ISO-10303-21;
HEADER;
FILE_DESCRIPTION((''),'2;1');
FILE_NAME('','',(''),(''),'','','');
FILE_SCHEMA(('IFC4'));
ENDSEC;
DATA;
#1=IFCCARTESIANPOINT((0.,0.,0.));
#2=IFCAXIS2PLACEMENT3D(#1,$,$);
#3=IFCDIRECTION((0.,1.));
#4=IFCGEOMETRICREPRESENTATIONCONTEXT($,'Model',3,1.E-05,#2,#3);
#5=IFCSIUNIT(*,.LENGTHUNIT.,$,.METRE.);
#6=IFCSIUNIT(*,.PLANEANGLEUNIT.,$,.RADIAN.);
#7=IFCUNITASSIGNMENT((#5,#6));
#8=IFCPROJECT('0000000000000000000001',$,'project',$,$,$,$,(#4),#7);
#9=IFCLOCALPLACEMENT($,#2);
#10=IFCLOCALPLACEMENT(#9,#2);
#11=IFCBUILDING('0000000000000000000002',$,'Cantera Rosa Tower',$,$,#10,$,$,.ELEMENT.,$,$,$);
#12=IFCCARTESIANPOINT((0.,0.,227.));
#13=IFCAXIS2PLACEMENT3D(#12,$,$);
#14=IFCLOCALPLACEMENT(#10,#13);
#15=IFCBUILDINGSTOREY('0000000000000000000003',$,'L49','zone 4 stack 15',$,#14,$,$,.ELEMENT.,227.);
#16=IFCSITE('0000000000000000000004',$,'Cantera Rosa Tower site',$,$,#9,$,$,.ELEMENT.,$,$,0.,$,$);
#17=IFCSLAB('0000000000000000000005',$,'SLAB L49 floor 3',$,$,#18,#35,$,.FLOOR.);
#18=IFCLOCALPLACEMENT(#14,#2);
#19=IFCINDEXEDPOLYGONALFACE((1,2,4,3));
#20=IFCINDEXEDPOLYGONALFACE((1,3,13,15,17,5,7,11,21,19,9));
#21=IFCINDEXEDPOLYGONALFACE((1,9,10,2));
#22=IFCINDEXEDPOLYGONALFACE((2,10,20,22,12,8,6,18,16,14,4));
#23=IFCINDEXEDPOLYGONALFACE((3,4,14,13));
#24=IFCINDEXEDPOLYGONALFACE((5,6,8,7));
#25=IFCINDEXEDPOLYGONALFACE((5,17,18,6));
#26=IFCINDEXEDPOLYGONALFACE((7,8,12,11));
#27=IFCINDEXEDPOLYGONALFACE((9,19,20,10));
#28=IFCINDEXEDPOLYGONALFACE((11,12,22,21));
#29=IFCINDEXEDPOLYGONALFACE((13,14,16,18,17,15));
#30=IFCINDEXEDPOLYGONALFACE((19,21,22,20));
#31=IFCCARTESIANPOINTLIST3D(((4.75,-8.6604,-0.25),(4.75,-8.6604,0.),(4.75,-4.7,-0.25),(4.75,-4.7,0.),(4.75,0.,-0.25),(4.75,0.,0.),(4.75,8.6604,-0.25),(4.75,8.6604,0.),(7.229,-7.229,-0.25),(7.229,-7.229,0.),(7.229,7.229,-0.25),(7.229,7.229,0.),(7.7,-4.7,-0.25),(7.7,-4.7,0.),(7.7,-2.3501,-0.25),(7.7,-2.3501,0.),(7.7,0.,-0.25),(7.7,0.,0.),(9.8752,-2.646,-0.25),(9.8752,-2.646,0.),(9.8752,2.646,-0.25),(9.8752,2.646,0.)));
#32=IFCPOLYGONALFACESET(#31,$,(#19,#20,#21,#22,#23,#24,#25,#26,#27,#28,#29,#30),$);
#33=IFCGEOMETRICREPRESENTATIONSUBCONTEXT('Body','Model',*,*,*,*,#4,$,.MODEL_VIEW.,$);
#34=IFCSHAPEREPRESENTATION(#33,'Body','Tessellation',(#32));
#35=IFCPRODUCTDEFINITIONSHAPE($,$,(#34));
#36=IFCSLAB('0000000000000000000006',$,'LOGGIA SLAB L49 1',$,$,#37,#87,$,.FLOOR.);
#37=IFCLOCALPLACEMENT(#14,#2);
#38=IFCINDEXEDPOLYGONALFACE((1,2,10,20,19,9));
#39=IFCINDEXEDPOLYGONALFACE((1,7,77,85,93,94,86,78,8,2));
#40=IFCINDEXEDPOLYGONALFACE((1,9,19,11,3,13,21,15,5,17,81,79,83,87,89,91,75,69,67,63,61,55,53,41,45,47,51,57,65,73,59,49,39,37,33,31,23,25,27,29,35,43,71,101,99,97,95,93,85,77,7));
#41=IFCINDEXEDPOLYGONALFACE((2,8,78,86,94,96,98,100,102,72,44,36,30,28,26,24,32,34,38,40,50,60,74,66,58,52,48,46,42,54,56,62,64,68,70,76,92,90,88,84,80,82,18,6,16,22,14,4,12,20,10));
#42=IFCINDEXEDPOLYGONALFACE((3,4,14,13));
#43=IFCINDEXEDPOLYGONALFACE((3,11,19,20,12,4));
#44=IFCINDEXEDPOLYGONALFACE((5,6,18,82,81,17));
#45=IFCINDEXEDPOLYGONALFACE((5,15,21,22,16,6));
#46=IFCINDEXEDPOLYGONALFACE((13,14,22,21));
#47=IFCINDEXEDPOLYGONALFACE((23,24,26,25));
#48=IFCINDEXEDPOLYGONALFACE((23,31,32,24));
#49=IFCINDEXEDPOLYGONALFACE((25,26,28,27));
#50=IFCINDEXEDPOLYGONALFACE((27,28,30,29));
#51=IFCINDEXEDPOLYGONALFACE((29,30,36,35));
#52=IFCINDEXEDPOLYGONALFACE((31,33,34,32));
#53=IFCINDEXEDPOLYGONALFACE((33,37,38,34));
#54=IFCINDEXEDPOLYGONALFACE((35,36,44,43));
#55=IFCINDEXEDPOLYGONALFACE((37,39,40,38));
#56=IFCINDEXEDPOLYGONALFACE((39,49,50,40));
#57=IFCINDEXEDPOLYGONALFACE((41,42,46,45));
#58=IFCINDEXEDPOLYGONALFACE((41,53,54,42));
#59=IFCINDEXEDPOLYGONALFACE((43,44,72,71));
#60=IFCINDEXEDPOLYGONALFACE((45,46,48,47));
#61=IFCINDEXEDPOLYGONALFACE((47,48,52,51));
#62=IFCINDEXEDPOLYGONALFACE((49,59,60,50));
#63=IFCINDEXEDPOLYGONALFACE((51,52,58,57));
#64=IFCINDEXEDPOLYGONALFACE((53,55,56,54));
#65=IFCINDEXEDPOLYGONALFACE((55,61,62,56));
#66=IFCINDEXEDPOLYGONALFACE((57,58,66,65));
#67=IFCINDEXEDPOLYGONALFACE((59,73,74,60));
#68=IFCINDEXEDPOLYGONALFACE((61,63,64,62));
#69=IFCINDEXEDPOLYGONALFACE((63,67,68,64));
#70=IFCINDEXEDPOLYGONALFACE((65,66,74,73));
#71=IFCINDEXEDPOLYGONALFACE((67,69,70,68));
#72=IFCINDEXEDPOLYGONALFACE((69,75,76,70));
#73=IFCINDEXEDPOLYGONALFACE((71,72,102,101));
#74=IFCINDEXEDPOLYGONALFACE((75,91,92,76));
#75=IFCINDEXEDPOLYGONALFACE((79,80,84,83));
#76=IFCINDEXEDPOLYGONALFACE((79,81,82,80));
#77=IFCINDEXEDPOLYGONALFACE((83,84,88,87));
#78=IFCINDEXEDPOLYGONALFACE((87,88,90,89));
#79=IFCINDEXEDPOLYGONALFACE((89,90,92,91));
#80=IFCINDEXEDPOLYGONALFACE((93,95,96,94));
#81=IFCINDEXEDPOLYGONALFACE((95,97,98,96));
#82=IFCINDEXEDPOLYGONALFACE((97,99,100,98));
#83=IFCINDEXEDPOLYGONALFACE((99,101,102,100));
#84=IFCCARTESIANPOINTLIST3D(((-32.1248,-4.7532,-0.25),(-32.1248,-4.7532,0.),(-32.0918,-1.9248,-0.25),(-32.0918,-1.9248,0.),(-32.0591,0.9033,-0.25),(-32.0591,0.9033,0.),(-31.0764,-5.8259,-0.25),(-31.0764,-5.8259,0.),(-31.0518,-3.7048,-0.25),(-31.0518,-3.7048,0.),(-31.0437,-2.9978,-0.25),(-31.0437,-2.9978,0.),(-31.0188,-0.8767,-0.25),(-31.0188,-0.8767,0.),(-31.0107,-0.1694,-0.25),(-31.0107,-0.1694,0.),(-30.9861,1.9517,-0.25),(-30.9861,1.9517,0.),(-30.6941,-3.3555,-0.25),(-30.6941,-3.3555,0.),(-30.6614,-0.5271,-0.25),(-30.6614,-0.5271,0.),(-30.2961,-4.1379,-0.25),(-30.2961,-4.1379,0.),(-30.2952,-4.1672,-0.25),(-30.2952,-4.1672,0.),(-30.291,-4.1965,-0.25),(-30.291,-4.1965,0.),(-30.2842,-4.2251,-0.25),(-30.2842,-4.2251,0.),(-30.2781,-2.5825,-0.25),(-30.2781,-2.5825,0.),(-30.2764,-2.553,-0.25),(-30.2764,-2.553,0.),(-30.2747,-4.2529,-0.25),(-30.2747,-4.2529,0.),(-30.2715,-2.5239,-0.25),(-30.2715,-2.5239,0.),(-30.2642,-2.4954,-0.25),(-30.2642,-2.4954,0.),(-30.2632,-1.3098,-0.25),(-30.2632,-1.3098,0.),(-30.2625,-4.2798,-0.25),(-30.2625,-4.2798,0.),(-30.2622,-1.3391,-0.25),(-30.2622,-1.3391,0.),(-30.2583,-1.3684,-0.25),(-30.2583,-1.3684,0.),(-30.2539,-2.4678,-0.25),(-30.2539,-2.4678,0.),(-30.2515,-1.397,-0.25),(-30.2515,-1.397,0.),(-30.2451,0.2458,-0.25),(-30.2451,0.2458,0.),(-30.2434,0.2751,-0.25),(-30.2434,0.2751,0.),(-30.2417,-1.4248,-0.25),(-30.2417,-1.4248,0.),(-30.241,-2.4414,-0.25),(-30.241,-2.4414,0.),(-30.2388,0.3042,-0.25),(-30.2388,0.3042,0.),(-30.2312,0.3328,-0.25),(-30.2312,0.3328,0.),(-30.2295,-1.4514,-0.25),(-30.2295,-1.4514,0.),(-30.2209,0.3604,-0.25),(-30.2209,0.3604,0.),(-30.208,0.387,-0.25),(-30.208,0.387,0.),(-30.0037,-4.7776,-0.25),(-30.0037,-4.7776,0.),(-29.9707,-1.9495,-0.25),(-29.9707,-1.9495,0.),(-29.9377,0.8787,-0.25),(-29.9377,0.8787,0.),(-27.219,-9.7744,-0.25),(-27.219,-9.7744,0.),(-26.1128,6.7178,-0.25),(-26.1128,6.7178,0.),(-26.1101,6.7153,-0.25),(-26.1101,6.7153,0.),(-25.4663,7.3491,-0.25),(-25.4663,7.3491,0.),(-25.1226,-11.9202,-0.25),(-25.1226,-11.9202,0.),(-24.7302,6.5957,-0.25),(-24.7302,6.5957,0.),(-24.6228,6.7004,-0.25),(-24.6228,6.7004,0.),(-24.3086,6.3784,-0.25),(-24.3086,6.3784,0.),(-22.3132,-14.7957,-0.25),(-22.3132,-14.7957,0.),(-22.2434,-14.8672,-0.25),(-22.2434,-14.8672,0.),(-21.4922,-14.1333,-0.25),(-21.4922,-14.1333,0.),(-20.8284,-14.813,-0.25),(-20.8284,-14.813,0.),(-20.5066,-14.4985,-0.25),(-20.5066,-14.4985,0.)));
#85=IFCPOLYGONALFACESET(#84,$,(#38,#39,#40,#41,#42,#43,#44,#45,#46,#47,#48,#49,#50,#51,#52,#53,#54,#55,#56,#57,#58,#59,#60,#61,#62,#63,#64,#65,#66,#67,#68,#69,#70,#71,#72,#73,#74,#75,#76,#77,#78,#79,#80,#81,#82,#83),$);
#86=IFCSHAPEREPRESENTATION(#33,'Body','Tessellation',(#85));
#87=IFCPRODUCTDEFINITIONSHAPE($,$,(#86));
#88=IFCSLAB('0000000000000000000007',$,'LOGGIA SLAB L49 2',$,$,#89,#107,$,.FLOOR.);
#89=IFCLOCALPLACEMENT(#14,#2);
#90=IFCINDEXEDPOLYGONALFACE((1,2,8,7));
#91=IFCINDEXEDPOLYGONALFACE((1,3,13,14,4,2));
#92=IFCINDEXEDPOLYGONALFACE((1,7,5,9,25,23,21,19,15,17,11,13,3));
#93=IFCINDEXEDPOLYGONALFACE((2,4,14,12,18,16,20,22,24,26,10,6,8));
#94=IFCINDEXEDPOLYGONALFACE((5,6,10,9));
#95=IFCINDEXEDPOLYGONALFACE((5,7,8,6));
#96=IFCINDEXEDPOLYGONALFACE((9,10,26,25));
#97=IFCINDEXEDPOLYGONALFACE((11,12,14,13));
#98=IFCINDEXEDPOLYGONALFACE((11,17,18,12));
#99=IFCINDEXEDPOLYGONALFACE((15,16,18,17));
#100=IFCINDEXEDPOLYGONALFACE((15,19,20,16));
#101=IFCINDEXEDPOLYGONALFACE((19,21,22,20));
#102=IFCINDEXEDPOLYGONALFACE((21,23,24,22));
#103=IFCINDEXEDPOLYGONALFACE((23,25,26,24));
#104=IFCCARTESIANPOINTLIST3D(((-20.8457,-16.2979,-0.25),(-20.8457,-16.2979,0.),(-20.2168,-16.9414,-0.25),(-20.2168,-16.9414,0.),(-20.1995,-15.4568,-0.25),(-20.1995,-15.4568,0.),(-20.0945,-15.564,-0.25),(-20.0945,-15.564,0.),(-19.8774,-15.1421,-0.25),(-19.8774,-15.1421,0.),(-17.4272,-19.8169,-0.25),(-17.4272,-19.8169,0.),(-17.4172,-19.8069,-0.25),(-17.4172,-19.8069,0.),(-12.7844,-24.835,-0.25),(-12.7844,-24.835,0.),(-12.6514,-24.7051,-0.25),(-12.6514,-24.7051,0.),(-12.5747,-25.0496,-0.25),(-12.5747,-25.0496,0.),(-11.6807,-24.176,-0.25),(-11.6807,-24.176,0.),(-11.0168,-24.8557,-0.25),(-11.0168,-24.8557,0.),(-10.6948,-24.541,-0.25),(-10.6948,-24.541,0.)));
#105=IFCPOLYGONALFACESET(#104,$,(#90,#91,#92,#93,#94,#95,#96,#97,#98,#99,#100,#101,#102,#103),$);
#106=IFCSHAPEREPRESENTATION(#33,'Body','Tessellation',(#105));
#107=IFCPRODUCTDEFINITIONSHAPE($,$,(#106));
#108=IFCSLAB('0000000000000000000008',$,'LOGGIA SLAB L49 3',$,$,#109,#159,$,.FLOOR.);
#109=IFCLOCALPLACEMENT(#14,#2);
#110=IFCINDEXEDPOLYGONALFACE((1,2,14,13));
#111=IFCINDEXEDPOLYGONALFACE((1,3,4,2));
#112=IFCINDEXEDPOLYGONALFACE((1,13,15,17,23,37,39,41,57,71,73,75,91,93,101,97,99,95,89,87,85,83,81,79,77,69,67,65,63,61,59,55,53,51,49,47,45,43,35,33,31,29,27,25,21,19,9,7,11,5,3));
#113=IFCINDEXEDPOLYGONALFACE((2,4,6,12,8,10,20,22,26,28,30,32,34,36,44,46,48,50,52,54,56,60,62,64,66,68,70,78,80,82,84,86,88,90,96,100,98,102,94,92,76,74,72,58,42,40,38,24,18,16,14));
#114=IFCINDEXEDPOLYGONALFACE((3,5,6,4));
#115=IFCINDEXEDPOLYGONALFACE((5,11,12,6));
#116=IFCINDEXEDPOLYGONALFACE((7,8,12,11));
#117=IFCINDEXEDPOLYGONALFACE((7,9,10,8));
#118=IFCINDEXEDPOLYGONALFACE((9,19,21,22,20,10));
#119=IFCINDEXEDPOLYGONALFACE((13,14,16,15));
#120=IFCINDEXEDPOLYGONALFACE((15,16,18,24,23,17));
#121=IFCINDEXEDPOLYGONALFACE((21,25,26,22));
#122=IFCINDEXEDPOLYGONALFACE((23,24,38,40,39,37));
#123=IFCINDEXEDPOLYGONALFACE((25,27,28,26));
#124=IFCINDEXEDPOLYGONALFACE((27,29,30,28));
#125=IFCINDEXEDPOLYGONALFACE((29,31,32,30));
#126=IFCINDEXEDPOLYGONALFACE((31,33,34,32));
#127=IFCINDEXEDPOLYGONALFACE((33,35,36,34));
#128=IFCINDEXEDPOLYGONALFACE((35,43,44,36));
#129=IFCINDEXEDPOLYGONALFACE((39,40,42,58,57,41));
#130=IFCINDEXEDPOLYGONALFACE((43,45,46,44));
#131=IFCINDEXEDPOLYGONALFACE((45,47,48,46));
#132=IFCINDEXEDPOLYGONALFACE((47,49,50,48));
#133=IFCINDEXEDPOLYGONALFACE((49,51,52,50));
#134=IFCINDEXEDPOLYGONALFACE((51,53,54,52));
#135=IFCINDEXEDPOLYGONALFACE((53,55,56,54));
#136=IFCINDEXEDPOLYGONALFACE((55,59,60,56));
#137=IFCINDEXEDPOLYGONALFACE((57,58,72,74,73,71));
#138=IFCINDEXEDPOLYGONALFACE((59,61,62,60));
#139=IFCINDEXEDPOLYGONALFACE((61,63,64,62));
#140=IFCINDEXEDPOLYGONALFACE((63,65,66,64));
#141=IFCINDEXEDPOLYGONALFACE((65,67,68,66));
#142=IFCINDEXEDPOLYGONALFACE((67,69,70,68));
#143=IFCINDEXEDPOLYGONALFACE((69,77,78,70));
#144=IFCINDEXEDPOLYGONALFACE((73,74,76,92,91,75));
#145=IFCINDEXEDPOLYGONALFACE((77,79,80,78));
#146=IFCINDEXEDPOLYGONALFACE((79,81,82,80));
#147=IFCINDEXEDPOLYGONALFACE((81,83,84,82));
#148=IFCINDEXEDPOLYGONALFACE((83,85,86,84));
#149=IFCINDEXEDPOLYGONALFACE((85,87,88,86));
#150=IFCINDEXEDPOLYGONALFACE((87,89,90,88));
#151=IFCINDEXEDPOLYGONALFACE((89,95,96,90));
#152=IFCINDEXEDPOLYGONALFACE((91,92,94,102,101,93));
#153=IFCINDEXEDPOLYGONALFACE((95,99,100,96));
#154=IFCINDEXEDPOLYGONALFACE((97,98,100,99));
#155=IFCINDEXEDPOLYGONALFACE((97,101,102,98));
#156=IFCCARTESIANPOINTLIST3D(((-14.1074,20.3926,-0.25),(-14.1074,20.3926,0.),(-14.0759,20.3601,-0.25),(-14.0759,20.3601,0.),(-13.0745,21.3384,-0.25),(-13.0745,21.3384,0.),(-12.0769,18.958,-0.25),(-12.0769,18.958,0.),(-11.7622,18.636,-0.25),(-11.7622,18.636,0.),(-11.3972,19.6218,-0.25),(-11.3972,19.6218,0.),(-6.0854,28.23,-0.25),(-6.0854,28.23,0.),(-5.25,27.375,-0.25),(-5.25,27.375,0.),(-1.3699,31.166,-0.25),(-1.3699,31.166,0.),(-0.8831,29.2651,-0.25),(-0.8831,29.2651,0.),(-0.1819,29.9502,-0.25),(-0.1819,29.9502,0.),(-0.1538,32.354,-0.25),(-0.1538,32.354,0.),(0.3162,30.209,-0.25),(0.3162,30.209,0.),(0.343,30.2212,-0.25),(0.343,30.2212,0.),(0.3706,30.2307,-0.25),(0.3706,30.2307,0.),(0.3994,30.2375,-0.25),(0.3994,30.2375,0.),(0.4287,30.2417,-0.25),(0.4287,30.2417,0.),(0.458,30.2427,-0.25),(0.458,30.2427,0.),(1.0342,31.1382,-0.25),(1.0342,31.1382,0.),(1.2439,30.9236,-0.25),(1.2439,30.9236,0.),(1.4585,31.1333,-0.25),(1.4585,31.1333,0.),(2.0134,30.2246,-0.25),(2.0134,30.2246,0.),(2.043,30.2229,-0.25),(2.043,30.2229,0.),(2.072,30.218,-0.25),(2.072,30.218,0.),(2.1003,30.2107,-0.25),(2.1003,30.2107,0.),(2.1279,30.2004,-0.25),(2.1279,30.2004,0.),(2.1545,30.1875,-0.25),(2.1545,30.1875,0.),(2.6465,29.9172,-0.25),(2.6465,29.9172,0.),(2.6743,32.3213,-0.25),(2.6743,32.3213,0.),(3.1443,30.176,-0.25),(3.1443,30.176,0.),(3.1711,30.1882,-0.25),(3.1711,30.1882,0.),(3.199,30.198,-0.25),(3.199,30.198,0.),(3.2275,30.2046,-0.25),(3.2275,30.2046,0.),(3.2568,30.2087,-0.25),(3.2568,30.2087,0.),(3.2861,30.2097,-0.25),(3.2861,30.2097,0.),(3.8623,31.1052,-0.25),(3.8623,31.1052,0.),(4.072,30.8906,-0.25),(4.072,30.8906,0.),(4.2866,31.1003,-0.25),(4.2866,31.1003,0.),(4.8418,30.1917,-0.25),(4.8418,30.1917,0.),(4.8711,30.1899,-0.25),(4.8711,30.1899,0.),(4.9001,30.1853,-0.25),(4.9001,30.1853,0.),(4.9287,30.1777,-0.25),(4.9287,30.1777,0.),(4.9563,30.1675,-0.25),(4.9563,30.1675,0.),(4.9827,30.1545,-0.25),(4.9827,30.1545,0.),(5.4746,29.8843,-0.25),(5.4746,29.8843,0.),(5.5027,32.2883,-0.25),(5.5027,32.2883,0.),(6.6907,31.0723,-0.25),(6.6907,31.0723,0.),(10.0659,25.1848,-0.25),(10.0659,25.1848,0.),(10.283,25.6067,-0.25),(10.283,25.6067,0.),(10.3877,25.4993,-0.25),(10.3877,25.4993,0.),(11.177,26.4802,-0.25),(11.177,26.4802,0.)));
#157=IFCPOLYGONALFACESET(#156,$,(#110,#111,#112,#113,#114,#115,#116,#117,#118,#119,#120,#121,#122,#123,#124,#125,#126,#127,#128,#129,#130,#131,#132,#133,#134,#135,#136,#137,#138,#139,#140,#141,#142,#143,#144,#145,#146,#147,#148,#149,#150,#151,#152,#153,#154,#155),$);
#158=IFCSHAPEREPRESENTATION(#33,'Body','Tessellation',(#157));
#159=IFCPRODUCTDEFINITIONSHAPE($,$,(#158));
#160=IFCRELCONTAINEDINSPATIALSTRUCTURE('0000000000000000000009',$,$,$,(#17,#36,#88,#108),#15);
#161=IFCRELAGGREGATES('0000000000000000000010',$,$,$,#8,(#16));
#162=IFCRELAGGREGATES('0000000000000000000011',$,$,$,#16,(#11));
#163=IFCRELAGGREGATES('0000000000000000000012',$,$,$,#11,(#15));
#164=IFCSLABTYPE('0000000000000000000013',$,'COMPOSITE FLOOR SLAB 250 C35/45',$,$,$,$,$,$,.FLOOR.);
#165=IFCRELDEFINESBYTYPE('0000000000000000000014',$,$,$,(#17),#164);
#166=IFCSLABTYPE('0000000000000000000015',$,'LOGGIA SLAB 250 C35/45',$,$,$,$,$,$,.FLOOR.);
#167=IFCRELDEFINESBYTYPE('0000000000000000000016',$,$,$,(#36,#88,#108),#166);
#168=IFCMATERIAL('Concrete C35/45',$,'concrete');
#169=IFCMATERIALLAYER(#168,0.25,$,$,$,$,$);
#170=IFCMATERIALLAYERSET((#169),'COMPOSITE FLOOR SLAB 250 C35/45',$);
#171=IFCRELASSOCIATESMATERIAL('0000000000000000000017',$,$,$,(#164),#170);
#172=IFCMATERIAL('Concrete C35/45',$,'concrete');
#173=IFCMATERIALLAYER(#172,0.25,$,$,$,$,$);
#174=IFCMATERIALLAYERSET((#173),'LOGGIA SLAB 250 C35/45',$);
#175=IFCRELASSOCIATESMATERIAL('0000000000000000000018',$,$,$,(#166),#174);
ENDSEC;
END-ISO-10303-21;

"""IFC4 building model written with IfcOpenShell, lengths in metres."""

from ifc_helpers import new_model, si_unit, direction, frame, origin, place, context, subcontext, project, spatial, polyline, outline, extrude, material, layer, layer_set, type_object, element, save


model = new_model("IFC4")

# Units and contexts
model_context = context("Model", 3, precision=1e-05, world=origin(), true_north=direction((0.0, 1.0)))
body_context = subcontext(model_context, "Body", "Model", "MODEL_VIEW")
ifc_project = project(units=[si_unit("LENGTHUNIT", "METRE"), si_unit("PLANEANGLEUNIT", "RADIAN")], contexts=[model_context])

# Site, building, storey
site_placement = place(None, origin())
site = spatial("IfcSite", under=ifc_project, at=site_placement, Name="Cantera Rosa Tower site", CompositionType="ELEMENT", RefElevation=0.0)
building_placement = place(site_placement, origin())
building = spatial("IfcBuilding", under=site, at=building_placement, Name="Cantera Rosa Tower", CompositionType="ELEMENT")
storey_placement = place(building_placement, frame((0.0, 0.0, 227.0)))
storey = spatial("IfcBuildingStorey", under=building, at=storey_placement, Name="L49", Description="zone 4 stack 15", CompositionType="ELEMENT", Elevation=227.0)

# Slabs
ifc_material_1 = material(Name="Concrete C35/45", Category="concrete")
ifc_layer_1 = layer(ifc_material_1, 0.25)
ifc_layer_set_1 = layer_set([ifc_layer_1], Name="COMPOSITE FLOOR SLAB 250 C35/45")
slab_type_1 = type_object("IfcSlabType", Name="COMPOSITE FLOOR SLAB 250 C35/45", PredefinedType="FLOOR", material=ifc_layer_set_1)
slab_1_placement = place(storey_placement, frame((0.0, 0.0, -0.25)))
element("IfcSlab", 1, at=slab_1_placement, inside=storey, type_object=slab_type_1, Name="SLAB L49 floor 3", PredefinedType="FLOOR", context=body_context, shape_type="SweptSolid", body=[
    extrude(outline(polyline([(7.7, 0.0), (4.75, 0.0), (4.75, 8.6604), (7.229, 7.229), (9.8752, 2.646), (9.8752, -2.646), (7.229, -7.229), (4.75, -8.6604), (4.75, -4.7), (7.7, -4.7), (7.7, -2.3501), (7.7, 0.0)])), origin(), (0.0, 0.0, 1.0), 0.25),
])
ifc_material_2 = material(Name="Concrete C35/45", Category="concrete")
ifc_layer_2 = layer(ifc_material_2, 0.25)
ifc_layer_set_2 = layer_set([ifc_layer_2], Name="LOGGIA SLAB 250 C35/45")
slab_type_2 = type_object("IfcSlabType", Name="LOGGIA SLAB 250 C35/45", PredefinedType="FLOOR", material=ifc_layer_set_2)
slab_2_placement = place(storey_placement, frame((0.0, 0.0, -0.25)))
element("IfcSlab", 2, at=slab_2_placement, inside=storey, type_object=slab_type_2, Name="LOGGIA SLAB L49 1", PredefinedType="FLOOR", context=body_context, shape_type="SweptSolid", body=[
    extrude(outline(polyline([(-31.0518, -3.7048), (-30.6941, -3.3555), (-31.0437, -2.9978), (-32.0918, -1.9248), (-31.0188, -0.8767), (-30.6614, -0.5271), (-31.0107, -0.1694), (-32.0591, 0.9033), (-30.9861, 1.9517), (-26.1101, 6.7153), (-26.1128, 6.7178), (-25.4663, 7.3491), (-24.7302, 6.5957), (-24.6228, 6.7004), (-24.3086, 6.3784), (-29.9377, 0.8787), (-30.208, 0.387), (-30.2209, 0.3604), (-30.2312, 0.3328), (-30.2388, 0.3042), (-30.2434, 0.2751), (-30.2451, 0.2458), (-30.2632, -1.3098), (-30.2622, -1.3391), (-30.2583, -1.3684), (-30.2515, -1.397), (-30.2417, -1.4248), (-30.2295, -1.4514), (-29.9707, -1.9495), (-30.241, -2.4414), (-30.2539, -2.4678), (-30.2642, -2.4954), (-30.2715, -2.5239), (-30.2764, -2.553), (-30.2781, -2.5825), (-30.2961, -4.1379), (-30.2952, -4.1672), (-30.291, -4.1965), (-30.2842, -4.2251), (-30.2747, -4.2529), (-30.2625, -4.2798), (-30.0037, -4.7776), (-20.5066, -14.4985), (-20.8284, -14.813), (-21.4922, -14.1333), (-22.2434, -14.8672), (-22.3132, -14.7957), (-25.1226, -11.9202), (-27.219, -9.7744), (-31.0764, -5.8259), (-32.1248, -4.7532), (-31.0518, -3.7048)])), origin(), (0.0, 0.0, 1.0), 0.25),
])
slab_3_placement = place(storey_placement, frame((0.0, 0.0, -0.25)))
element("IfcSlab", 3, at=slab_3_placement, inside=storey, type_object=slab_type_2, Name="LOGGIA SLAB L49 2", PredefinedType="FLOOR", context=body_context, shape_type="SweptSolid", body=[
    extrude(outline(polyline([(-20.2168, -16.9414), (-20.8457, -16.2979), (-20.0945, -15.564), (-20.1995, -15.4568), (-19.8774, -15.1421), (-10.6948, -24.541), (-11.0168, -24.8557), (-11.6807, -24.176), (-12.5747, -25.0496), (-12.7844, -24.835), (-12.6514, -24.7051), (-17.4272, -19.8169), (-17.4172, -19.8069), (-20.2168, -16.9414)])), origin(), (0.0, 0.0, 1.0), 0.25),
])
slab_4_placement = place(storey_placement, frame((0.0, 0.0, -0.25)))
element("IfcSlab", 4, at=slab_4_placement, inside=storey, type_object=slab_type_2, Name="LOGGIA SLAB L49 3", PredefinedType="FLOOR", context=body_context, shape_type="SweptSolid", body=[
    extrude(outline(polyline([(1.0342, 31.1382), (1.2439, 30.9236), (1.4585, 31.1333), (2.6743, 32.3213), (3.8623, 31.1052), (4.072, 30.8906), (4.2866, 31.1003), (5.5027, 32.2883), (6.6907, 31.0723), (11.177, 26.4802), (10.283, 25.6067), (10.3877, 25.4993), (10.0659, 25.1848), (5.4746, 29.8843), (4.9827, 30.1545), (4.9563, 30.1675), (4.9287, 30.1777), (4.9001, 30.1853), (4.8711, 30.1899), (4.8418, 30.1917), (3.2861, 30.2097), (3.2568, 30.2087), (3.2275, 30.2046), (3.199, 30.198), (3.1711, 30.1882), (3.1443, 30.176), (2.6465, 29.9172), (2.1545, 30.1875), (2.1279, 30.2004), (2.1003, 30.2107), (2.072, 30.218), (2.043, 30.2229), (2.0134, 30.2246), (0.458, 30.2427), (0.4287, 30.2417), (0.3994, 30.2375), (0.3706, 30.2307), (0.343, 30.2212), (0.3162, 30.209), (-0.1819, 29.9502), (-0.8831, 29.2651), (-11.7622, 18.636), (-12.0769, 18.958), (-11.3972, 19.6218), (-13.0745, 21.3384), (-14.0759, 20.3601), (-14.1074, 20.3926), (-6.0854, 28.23), (-5.25, 27.375), (-1.3699, 31.166), (-0.1538, 32.354), (1.0342, 31.1382)])), origin(), (0.0, 0.0, 1.0), 0.25),
])

save(model, "model.ifc")
